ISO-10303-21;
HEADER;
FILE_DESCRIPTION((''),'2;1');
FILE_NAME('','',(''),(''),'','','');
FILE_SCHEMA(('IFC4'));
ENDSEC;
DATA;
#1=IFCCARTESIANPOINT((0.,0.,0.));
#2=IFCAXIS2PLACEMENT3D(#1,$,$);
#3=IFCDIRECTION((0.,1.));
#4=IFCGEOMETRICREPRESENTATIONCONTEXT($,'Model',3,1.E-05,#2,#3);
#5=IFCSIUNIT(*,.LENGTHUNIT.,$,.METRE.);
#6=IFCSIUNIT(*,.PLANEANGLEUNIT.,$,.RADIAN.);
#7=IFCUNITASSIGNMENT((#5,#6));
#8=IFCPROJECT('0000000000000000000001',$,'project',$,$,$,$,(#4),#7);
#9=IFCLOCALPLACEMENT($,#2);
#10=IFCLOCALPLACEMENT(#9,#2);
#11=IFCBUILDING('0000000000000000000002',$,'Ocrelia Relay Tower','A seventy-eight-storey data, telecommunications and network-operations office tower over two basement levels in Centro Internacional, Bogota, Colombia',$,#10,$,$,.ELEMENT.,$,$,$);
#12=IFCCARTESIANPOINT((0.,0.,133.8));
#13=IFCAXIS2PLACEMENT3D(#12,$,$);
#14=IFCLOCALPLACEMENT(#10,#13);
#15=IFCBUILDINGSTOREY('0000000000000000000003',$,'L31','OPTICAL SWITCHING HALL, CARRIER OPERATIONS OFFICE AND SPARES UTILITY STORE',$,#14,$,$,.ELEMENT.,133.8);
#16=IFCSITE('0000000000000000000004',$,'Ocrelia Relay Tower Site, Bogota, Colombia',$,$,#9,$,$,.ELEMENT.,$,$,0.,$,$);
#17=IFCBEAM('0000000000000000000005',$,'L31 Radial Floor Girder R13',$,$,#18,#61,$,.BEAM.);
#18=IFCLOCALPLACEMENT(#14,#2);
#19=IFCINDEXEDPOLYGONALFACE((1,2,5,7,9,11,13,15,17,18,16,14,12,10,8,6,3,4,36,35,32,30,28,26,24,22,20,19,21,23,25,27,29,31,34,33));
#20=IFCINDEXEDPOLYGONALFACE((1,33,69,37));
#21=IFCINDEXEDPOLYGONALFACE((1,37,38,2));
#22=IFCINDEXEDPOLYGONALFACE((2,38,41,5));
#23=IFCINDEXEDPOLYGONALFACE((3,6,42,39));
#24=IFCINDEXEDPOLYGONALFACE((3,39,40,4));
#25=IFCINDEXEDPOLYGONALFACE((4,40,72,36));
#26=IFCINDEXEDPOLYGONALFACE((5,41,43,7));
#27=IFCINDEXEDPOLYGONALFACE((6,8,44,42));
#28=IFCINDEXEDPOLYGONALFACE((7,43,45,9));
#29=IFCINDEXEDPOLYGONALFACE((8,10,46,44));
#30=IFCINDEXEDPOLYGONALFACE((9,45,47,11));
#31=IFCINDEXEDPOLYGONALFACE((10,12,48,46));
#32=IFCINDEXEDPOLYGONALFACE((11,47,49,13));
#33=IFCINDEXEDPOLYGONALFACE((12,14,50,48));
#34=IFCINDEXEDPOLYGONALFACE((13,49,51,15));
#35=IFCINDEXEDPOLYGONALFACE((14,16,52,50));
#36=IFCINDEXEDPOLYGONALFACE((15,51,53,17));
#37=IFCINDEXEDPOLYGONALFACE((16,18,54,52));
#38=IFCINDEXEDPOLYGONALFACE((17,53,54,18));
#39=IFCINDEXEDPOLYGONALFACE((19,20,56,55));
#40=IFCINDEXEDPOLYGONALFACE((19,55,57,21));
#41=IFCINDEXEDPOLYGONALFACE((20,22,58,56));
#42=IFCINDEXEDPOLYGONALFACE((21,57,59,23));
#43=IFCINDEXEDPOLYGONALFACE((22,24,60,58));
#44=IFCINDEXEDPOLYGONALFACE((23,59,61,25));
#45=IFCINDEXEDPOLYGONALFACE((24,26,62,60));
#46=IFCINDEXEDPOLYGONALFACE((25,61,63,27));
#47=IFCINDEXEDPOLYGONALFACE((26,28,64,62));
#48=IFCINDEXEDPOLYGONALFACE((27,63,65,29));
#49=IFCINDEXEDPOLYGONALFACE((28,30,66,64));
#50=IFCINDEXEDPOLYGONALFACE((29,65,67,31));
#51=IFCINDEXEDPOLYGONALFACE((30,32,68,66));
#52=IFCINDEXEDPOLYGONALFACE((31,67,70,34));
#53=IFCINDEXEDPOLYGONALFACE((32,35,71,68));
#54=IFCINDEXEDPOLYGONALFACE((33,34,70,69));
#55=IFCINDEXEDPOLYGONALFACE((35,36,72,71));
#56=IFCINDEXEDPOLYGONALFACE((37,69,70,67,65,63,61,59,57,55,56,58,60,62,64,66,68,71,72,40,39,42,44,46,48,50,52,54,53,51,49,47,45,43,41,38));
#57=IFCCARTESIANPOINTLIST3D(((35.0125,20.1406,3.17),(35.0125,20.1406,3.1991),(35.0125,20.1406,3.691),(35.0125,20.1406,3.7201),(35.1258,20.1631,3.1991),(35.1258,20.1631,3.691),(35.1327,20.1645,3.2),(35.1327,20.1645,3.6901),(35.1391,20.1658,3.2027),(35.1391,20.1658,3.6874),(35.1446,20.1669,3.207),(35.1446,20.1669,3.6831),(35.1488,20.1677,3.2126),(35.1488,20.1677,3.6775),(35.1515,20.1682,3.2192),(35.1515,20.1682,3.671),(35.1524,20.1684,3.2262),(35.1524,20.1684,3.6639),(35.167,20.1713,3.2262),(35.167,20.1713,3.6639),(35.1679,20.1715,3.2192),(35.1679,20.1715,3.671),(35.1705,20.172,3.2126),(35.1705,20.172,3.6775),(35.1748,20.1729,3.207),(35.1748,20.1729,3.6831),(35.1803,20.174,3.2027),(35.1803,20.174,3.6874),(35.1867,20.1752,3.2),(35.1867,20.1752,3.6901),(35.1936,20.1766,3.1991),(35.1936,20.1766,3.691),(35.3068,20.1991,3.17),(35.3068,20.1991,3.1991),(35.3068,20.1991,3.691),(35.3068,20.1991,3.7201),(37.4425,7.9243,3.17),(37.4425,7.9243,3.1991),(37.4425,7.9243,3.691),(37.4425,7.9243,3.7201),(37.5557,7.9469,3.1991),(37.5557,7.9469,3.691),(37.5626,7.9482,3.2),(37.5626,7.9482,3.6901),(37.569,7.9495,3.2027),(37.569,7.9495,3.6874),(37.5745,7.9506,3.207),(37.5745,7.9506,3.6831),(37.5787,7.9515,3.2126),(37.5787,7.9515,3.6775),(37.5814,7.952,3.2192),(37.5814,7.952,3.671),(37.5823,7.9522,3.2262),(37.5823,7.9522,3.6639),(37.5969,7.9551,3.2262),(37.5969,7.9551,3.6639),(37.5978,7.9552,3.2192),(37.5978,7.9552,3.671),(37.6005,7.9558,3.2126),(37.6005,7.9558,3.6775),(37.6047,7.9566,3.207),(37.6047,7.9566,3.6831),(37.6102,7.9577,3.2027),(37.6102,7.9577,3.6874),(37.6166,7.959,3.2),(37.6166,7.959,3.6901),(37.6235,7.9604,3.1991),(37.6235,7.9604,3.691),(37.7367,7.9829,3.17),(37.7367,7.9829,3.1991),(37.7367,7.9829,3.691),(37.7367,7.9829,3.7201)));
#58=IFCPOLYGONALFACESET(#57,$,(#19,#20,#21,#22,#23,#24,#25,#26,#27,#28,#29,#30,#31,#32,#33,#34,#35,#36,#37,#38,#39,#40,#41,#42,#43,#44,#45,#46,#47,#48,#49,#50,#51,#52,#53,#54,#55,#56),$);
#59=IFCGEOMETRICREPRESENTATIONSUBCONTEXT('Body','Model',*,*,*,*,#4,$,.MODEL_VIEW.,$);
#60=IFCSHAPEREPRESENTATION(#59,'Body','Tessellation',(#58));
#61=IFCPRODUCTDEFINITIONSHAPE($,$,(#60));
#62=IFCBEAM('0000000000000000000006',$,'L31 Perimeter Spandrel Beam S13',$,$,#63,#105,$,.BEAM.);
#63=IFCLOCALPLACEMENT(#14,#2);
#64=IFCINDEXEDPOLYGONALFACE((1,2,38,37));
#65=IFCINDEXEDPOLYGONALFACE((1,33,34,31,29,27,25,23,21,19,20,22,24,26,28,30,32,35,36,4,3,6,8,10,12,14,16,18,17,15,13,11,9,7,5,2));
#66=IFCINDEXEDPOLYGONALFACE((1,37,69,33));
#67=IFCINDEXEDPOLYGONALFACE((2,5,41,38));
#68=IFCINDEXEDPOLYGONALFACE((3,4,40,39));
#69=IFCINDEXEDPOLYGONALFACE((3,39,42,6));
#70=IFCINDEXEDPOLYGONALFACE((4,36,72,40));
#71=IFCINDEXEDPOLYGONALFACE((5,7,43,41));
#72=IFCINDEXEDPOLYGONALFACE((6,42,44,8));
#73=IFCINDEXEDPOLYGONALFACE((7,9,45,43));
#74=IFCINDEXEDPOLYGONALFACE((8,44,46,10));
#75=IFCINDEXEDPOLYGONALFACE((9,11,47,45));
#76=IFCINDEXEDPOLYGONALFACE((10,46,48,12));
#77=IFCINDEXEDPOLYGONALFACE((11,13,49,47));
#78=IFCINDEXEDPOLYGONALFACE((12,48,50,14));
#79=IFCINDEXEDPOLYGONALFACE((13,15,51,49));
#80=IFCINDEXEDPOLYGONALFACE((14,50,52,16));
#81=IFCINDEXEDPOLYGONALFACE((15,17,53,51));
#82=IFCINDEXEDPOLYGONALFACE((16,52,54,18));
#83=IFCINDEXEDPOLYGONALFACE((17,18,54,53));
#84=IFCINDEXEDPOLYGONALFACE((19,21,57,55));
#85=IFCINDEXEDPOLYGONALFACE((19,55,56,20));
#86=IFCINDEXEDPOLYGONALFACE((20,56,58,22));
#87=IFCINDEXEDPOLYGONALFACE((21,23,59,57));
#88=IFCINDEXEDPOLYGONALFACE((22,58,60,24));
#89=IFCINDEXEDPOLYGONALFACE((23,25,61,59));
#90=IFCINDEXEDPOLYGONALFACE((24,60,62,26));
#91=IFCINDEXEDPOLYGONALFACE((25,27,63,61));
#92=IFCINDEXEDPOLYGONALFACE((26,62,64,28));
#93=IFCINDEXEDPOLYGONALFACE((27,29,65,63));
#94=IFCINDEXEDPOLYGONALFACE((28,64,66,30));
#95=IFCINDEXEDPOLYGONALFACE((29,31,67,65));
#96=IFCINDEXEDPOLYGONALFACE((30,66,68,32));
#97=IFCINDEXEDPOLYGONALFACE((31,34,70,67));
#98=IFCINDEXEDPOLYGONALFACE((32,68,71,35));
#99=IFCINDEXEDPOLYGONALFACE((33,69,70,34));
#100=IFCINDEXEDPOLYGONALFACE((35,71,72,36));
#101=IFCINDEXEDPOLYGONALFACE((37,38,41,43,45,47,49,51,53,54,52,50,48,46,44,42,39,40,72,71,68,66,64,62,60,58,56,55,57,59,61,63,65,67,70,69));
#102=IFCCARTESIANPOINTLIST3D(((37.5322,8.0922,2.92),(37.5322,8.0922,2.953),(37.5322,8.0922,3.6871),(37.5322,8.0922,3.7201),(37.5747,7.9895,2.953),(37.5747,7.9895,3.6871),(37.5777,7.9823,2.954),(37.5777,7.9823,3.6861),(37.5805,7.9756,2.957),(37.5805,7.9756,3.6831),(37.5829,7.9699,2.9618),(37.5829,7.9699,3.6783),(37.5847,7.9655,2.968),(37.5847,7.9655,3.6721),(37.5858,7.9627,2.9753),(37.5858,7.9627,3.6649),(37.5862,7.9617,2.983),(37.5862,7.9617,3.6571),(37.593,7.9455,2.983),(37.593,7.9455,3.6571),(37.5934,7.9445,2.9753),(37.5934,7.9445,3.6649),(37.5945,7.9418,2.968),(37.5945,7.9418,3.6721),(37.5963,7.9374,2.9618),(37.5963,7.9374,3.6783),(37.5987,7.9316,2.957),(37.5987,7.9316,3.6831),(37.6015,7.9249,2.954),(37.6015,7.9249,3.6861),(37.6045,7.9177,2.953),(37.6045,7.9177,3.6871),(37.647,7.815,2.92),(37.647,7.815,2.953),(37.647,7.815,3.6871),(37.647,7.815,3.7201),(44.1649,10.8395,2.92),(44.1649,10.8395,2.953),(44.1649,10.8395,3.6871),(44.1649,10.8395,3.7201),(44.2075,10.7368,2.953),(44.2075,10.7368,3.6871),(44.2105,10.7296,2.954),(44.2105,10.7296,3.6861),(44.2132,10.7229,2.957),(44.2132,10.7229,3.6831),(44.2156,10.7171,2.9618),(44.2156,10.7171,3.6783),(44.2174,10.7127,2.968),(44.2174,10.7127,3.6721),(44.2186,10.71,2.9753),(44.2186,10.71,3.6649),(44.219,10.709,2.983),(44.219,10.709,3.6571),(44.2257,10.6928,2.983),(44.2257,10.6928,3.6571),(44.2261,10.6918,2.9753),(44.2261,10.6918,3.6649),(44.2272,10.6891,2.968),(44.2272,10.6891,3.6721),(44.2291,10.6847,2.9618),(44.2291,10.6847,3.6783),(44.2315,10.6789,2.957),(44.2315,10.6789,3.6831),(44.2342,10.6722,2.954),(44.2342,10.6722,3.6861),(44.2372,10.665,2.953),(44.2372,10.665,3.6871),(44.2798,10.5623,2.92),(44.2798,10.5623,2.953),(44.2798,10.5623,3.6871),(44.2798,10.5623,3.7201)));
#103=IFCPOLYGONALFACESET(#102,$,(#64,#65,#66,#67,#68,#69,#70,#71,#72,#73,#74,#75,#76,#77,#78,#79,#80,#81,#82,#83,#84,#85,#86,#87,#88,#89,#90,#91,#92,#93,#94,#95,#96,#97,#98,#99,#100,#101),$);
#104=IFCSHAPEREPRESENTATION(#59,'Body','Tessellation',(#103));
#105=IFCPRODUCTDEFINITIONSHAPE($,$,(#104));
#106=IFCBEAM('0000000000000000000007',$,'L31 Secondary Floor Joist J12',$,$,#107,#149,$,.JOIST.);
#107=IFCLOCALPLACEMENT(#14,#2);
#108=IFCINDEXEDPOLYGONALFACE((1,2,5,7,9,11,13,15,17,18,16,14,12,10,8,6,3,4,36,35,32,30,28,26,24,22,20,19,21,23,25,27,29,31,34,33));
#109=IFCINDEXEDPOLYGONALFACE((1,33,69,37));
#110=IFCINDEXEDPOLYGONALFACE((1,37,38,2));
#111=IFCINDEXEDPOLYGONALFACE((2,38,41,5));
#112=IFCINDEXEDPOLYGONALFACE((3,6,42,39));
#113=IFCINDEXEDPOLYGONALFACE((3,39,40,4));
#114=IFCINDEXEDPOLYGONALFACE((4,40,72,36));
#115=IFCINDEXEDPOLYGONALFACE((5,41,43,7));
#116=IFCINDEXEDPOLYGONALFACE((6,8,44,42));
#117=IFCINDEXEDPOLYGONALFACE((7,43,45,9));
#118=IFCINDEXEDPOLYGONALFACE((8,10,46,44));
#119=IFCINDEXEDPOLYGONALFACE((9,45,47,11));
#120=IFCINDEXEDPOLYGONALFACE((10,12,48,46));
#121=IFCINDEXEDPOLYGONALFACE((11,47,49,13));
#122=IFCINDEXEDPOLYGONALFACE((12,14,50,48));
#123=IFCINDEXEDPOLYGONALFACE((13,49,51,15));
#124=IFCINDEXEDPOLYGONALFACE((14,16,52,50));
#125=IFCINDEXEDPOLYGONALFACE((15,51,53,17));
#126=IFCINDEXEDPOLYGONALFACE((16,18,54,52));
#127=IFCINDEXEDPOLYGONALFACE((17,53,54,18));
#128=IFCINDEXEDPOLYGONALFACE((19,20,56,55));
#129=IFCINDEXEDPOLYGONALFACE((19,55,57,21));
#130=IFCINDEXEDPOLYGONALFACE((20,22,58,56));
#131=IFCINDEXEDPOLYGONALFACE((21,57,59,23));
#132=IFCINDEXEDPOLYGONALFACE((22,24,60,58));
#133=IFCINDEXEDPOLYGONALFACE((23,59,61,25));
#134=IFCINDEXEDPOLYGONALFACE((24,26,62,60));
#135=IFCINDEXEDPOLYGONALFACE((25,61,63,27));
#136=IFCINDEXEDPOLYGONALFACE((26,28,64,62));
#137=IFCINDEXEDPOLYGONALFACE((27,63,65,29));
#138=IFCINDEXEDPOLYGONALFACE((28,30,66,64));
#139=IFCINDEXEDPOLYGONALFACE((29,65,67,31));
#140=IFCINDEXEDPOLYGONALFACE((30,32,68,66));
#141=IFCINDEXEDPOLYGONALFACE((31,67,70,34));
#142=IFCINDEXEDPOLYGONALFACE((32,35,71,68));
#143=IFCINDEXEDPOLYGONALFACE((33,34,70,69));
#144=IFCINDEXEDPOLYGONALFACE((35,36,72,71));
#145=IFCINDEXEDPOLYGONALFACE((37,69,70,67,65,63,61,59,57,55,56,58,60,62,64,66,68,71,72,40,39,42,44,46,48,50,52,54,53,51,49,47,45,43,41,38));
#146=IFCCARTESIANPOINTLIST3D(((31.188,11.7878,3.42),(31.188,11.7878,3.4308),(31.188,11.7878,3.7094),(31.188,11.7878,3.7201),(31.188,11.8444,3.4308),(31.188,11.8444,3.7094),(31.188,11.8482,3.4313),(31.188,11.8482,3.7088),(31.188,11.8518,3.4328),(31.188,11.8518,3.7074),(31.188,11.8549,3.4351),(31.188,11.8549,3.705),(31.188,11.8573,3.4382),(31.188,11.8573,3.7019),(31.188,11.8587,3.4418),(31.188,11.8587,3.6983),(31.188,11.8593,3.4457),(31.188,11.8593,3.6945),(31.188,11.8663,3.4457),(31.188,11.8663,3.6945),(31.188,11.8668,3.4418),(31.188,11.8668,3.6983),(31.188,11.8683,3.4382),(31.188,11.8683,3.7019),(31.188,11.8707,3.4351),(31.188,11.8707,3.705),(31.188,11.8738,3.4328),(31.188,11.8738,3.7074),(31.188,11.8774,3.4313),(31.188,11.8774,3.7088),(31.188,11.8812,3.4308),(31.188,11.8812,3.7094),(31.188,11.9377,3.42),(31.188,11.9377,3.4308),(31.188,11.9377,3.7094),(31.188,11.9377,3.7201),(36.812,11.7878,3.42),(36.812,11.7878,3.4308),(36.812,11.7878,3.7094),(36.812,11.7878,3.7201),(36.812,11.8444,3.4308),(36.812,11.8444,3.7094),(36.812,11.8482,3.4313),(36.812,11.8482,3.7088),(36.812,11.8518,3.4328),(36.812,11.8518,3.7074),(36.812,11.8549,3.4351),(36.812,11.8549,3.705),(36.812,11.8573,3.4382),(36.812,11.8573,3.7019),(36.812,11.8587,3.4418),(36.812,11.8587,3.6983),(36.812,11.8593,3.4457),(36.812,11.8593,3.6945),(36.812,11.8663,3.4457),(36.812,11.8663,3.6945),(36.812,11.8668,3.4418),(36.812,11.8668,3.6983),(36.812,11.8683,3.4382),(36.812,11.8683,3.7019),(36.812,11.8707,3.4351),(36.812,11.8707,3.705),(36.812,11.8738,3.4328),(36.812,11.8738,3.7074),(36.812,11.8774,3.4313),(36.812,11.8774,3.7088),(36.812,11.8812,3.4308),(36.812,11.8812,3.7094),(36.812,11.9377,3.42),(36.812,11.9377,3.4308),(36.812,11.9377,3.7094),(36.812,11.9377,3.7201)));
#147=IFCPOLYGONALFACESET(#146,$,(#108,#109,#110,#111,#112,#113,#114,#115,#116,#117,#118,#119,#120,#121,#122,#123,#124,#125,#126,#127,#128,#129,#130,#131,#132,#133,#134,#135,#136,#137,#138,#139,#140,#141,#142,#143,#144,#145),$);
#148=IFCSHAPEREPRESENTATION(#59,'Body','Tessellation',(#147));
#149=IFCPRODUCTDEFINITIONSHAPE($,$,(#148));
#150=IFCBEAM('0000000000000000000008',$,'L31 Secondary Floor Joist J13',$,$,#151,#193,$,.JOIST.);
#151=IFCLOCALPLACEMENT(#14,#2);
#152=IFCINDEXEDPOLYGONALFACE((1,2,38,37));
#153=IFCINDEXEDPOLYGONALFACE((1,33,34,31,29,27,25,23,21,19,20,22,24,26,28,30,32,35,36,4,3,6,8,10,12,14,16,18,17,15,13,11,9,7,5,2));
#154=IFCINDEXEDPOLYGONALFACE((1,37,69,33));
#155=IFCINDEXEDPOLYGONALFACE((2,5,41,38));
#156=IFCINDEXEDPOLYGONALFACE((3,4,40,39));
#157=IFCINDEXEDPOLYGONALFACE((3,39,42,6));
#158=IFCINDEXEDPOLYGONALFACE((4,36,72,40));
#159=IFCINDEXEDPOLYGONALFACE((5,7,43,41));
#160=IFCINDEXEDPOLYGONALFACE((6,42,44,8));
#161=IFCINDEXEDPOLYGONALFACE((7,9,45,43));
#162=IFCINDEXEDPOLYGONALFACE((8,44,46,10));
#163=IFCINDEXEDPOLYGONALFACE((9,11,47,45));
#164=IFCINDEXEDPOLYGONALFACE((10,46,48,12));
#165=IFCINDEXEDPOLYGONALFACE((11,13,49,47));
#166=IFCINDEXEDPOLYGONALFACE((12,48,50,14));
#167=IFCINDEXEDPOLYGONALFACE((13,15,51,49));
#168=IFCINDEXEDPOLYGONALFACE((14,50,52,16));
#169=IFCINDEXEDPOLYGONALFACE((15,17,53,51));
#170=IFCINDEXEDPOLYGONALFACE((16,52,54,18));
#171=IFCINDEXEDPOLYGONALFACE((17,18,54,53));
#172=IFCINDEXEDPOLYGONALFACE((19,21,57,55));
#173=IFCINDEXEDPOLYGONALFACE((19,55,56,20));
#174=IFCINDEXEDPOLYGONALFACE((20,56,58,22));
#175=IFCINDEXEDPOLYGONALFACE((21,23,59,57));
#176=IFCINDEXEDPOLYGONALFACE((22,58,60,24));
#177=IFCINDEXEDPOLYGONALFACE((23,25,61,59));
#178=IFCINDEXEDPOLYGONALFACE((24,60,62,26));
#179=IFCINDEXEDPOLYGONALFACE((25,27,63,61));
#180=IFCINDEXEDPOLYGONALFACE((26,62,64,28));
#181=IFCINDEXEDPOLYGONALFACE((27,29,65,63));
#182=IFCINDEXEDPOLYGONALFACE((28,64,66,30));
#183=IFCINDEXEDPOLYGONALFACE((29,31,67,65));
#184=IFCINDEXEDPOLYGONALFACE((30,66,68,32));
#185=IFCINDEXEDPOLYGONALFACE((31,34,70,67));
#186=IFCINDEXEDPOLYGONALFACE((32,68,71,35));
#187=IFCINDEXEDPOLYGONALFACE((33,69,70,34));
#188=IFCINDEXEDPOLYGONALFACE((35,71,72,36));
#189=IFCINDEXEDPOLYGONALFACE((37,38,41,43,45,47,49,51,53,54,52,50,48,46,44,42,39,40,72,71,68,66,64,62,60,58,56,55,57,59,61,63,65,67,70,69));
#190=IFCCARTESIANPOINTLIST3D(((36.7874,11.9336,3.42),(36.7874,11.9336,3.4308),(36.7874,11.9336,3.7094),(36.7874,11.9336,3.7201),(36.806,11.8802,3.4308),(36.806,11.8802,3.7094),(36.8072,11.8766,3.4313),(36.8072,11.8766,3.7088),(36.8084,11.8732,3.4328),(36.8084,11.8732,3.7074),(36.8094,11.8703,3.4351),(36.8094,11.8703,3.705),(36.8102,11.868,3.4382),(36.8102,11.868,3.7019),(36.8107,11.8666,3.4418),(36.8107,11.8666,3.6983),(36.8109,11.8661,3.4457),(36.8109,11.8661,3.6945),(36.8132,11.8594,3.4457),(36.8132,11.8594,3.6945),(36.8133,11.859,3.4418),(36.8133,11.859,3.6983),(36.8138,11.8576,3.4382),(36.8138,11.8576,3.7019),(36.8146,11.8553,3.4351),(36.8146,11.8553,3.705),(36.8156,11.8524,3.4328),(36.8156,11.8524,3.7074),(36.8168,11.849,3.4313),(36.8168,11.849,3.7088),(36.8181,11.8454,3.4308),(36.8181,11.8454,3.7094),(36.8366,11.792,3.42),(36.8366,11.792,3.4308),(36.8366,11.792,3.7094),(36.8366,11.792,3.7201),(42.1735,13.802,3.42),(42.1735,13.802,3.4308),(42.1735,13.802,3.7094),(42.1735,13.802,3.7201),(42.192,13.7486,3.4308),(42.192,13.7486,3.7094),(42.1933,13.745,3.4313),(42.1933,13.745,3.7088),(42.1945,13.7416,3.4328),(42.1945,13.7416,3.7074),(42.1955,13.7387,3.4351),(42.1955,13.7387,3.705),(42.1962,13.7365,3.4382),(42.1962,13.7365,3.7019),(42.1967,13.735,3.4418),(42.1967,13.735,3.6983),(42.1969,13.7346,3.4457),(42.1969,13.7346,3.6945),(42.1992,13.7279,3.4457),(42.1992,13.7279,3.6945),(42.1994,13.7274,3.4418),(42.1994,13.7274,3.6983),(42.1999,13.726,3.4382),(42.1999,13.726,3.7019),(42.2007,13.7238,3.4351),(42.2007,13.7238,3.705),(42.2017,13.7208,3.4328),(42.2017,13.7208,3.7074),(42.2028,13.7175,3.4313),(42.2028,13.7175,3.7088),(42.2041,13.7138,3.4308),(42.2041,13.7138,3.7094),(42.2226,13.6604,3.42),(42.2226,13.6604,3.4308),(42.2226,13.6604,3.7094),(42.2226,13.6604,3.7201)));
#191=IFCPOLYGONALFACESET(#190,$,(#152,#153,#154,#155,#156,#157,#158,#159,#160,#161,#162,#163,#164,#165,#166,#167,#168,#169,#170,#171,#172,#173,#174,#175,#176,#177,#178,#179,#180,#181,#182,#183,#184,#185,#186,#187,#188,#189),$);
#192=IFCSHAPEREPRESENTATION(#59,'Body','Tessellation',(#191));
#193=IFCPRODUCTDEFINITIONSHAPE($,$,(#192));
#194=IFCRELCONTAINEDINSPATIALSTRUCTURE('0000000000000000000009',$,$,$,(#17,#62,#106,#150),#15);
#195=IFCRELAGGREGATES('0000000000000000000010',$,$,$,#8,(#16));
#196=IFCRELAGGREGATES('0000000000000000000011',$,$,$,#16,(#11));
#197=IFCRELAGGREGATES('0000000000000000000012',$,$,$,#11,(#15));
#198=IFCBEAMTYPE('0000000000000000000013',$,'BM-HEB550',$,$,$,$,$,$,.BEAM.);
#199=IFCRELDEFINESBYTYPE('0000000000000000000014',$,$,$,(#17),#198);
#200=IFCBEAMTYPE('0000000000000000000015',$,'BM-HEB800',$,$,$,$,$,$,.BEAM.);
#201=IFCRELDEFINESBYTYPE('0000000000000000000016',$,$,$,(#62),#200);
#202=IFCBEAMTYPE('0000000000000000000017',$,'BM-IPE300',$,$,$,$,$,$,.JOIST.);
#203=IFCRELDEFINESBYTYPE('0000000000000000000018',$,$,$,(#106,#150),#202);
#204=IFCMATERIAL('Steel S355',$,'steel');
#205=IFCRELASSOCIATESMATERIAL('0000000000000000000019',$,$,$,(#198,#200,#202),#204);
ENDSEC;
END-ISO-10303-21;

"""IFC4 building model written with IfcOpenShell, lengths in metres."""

from ifc_helpers import new_model, si_unit, direction, frame, origin, origin_2d, place, context, subcontext, project, spatial, i_section, extrude, material, material_profile, profile_set, type_object, element, save


model = new_model("IFC4")

# Units and contexts
model_context = context("Model", 3, precision=1e-05, world=origin(), true_north=direction((0.0, 1.0)))
body_context = subcontext(model_context, "Body", "Model", "MODEL_VIEW")
ifc_project = project(units=[si_unit("LENGTHUNIT", "METRE"), si_unit("PLANEANGLEUNIT", "RADIAN")], contexts=[model_context])

# Site, building, storey
site_placement = place(None, origin())
site = spatial("IfcSite", under=ifc_project, at=site_placement, Name="Ocrelia Relay Tower Site, Bogota, Colombia", CompositionType="ELEMENT", RefElevation=0.0)
building_placement = place(site_placement, origin())
building = spatial("IfcBuilding", under=site, at=building_placement, Name="Ocrelia Relay Tower", Description="A seventy-eight-storey data, telecommunications and network-operations office tower over two basement levels in Centro Internacional, Bogota, Colombia", CompositionType="ELEMENT")
storey_placement = place(building_placement, frame((0.0, 0.0, 133.8)))
storey = spatial("IfcBuildingStorey", under=building, at=storey_placement, Name="L31", Description="OPTICAL SWITCHING HALL, CARRIER OPERATIONS OFFICE AND SPARES UTILITY STORE", CompositionType="ELEMENT", Elevation=133.8)

# Beams
ifc_material_1 = material(Name="Steel S355", Category="steel")
ifc_material_profile_1 = material_profile(ifc_material_1, i_section(OverallWidth=0.3, OverallDepth=0.55, WebThickness=0.0149, FlangeThickness=0.0291, FilletRadius=0.0271, at=origin_2d()), Name="HEB 550")
ifc_profile_set_1 = profile_set([ifc_material_profile_1], Name="Steel S355")
beam_type_1 = type_object("IfcBeamType", Name="BM-HEB550", PredefinedType="BEAM", material=ifc_profile_set_1)
beam_1_placement = place(storey_placement, frame((37.5896, 7.9536, 3.4451), z_axis=(-0.195087, 0.980786, 0.0), x_axis=(-0.980786, -0.195087, 0.0)))
element("IfcBeam", 1, at=beam_1_placement, inside=storey, type_object=beam_type_1, Name="L31 Radial Floor Girder R13", PredefinedType="BEAM", context=body_context, shape_type="SweptSolid", body=[
    extrude(i_section(OverallWidth=0.3, OverallDepth=0.55, WebThickness=0.0149, FlangeThickness=0.0291, FilletRadius=0.0271, at=origin_2d()), origin(), (0.0, 0.0, 1.0), 12.4556),
])
ifc_material_profile_2 = material_profile(ifc_material_1, i_section(OverallWidth=0.3, OverallDepth=0.8, WebThickness=0.0176, FlangeThickness=0.033, FilletRadius=0.03, at=origin_2d()), Name="HEB 800")
ifc_profile_set_2 = profile_set([ifc_material_profile_2], Name="Steel S355")
beam_type_2 = type_object("IfcBeamType", Name="BM-HEB800", PredefinedType="BEAM", material=ifc_profile_set_2)
beam_2_placement = place(storey_placement, frame((37.5896, 7.9536, 3.3201), z_axis=(0.923884, 0.382673, 0.0), x_axis=(-0.382673, 0.923884, 0.0)))
element("IfcBeam", 2, at=beam_2_placement, inside=storey, type_object=beam_type_2, Name="L31 Perimeter Spandrel Beam S13", PredefinedType="BEAM", context=body_context, shape_type="SweptSolid", body=[
    extrude(i_section(OverallWidth=0.3, OverallDepth=0.8, WebThickness=0.0176, FlangeThickness=0.033, FilletRadius=0.03, at=origin_2d()), origin(), (0.0, 0.0, 1.0), 7.1792),
])
ifc_material_profile_3 = material_profile(ifc_material_1, i_section(OverallWidth=0.1499, OverallDepth=0.3, WebThickness=0.0071, FlangeThickness=0.0107, FilletRadius=0.0149, at=origin_2d()), Name="IPE 300")
ifc_profile_set_3 = profile_set([ifc_material_profile_3], Name="Steel S355")
beam_type_3 = type_object("IfcBeamType", Name="BM-IPE300", PredefinedType="JOIST", material=ifc_profile_set_3)
beam_3_placement = place(storey_placement, frame((31.188, 11.8628, 3.5701), z_axis=(1.0, 0.0, 0.0), x_axis=(0.0, 1.0, 0.0)))
element("IfcBeam", 3, at=beam_3_placement, inside=storey, type_object=beam_type_3, Name="L31 Secondary Floor Joist J12", PredefinedType="JOIST", context=body_context, shape_type="SweptSolid", body=[
    extrude(i_section(OverallWidth=0.1499, OverallDepth=0.3, WebThickness=0.0071, FlangeThickness=0.0107, FilletRadius=0.0149, at=origin_2d()), origin(), (0.0, 0.0, 1.0), 5.624),
])
beam_4_placement = place(storey_placement, frame((36.812, 11.8628, 3.5701), z_axis=(0.944767, 0.327741, 0.0), x_axis=(-0.327741, 0.944767, 0.0)))
element("IfcBeam", 4, at=beam_4_placement, inside=storey, type_object=beam_type_3, Name="L31 Secondary Floor Joist J13", PredefinedType="JOIST", context=body_context, shape_type="SweptSolid", body=[
    extrude(i_section(OverallWidth=0.1499, OverallDepth=0.3, WebThickness=0.0071, FlangeThickness=0.0107, FilletRadius=0.0149, at=origin_2d()), origin(), (0.0, 0.0, 1.0), 5.7009),
])

save(model, "model.ifc")
